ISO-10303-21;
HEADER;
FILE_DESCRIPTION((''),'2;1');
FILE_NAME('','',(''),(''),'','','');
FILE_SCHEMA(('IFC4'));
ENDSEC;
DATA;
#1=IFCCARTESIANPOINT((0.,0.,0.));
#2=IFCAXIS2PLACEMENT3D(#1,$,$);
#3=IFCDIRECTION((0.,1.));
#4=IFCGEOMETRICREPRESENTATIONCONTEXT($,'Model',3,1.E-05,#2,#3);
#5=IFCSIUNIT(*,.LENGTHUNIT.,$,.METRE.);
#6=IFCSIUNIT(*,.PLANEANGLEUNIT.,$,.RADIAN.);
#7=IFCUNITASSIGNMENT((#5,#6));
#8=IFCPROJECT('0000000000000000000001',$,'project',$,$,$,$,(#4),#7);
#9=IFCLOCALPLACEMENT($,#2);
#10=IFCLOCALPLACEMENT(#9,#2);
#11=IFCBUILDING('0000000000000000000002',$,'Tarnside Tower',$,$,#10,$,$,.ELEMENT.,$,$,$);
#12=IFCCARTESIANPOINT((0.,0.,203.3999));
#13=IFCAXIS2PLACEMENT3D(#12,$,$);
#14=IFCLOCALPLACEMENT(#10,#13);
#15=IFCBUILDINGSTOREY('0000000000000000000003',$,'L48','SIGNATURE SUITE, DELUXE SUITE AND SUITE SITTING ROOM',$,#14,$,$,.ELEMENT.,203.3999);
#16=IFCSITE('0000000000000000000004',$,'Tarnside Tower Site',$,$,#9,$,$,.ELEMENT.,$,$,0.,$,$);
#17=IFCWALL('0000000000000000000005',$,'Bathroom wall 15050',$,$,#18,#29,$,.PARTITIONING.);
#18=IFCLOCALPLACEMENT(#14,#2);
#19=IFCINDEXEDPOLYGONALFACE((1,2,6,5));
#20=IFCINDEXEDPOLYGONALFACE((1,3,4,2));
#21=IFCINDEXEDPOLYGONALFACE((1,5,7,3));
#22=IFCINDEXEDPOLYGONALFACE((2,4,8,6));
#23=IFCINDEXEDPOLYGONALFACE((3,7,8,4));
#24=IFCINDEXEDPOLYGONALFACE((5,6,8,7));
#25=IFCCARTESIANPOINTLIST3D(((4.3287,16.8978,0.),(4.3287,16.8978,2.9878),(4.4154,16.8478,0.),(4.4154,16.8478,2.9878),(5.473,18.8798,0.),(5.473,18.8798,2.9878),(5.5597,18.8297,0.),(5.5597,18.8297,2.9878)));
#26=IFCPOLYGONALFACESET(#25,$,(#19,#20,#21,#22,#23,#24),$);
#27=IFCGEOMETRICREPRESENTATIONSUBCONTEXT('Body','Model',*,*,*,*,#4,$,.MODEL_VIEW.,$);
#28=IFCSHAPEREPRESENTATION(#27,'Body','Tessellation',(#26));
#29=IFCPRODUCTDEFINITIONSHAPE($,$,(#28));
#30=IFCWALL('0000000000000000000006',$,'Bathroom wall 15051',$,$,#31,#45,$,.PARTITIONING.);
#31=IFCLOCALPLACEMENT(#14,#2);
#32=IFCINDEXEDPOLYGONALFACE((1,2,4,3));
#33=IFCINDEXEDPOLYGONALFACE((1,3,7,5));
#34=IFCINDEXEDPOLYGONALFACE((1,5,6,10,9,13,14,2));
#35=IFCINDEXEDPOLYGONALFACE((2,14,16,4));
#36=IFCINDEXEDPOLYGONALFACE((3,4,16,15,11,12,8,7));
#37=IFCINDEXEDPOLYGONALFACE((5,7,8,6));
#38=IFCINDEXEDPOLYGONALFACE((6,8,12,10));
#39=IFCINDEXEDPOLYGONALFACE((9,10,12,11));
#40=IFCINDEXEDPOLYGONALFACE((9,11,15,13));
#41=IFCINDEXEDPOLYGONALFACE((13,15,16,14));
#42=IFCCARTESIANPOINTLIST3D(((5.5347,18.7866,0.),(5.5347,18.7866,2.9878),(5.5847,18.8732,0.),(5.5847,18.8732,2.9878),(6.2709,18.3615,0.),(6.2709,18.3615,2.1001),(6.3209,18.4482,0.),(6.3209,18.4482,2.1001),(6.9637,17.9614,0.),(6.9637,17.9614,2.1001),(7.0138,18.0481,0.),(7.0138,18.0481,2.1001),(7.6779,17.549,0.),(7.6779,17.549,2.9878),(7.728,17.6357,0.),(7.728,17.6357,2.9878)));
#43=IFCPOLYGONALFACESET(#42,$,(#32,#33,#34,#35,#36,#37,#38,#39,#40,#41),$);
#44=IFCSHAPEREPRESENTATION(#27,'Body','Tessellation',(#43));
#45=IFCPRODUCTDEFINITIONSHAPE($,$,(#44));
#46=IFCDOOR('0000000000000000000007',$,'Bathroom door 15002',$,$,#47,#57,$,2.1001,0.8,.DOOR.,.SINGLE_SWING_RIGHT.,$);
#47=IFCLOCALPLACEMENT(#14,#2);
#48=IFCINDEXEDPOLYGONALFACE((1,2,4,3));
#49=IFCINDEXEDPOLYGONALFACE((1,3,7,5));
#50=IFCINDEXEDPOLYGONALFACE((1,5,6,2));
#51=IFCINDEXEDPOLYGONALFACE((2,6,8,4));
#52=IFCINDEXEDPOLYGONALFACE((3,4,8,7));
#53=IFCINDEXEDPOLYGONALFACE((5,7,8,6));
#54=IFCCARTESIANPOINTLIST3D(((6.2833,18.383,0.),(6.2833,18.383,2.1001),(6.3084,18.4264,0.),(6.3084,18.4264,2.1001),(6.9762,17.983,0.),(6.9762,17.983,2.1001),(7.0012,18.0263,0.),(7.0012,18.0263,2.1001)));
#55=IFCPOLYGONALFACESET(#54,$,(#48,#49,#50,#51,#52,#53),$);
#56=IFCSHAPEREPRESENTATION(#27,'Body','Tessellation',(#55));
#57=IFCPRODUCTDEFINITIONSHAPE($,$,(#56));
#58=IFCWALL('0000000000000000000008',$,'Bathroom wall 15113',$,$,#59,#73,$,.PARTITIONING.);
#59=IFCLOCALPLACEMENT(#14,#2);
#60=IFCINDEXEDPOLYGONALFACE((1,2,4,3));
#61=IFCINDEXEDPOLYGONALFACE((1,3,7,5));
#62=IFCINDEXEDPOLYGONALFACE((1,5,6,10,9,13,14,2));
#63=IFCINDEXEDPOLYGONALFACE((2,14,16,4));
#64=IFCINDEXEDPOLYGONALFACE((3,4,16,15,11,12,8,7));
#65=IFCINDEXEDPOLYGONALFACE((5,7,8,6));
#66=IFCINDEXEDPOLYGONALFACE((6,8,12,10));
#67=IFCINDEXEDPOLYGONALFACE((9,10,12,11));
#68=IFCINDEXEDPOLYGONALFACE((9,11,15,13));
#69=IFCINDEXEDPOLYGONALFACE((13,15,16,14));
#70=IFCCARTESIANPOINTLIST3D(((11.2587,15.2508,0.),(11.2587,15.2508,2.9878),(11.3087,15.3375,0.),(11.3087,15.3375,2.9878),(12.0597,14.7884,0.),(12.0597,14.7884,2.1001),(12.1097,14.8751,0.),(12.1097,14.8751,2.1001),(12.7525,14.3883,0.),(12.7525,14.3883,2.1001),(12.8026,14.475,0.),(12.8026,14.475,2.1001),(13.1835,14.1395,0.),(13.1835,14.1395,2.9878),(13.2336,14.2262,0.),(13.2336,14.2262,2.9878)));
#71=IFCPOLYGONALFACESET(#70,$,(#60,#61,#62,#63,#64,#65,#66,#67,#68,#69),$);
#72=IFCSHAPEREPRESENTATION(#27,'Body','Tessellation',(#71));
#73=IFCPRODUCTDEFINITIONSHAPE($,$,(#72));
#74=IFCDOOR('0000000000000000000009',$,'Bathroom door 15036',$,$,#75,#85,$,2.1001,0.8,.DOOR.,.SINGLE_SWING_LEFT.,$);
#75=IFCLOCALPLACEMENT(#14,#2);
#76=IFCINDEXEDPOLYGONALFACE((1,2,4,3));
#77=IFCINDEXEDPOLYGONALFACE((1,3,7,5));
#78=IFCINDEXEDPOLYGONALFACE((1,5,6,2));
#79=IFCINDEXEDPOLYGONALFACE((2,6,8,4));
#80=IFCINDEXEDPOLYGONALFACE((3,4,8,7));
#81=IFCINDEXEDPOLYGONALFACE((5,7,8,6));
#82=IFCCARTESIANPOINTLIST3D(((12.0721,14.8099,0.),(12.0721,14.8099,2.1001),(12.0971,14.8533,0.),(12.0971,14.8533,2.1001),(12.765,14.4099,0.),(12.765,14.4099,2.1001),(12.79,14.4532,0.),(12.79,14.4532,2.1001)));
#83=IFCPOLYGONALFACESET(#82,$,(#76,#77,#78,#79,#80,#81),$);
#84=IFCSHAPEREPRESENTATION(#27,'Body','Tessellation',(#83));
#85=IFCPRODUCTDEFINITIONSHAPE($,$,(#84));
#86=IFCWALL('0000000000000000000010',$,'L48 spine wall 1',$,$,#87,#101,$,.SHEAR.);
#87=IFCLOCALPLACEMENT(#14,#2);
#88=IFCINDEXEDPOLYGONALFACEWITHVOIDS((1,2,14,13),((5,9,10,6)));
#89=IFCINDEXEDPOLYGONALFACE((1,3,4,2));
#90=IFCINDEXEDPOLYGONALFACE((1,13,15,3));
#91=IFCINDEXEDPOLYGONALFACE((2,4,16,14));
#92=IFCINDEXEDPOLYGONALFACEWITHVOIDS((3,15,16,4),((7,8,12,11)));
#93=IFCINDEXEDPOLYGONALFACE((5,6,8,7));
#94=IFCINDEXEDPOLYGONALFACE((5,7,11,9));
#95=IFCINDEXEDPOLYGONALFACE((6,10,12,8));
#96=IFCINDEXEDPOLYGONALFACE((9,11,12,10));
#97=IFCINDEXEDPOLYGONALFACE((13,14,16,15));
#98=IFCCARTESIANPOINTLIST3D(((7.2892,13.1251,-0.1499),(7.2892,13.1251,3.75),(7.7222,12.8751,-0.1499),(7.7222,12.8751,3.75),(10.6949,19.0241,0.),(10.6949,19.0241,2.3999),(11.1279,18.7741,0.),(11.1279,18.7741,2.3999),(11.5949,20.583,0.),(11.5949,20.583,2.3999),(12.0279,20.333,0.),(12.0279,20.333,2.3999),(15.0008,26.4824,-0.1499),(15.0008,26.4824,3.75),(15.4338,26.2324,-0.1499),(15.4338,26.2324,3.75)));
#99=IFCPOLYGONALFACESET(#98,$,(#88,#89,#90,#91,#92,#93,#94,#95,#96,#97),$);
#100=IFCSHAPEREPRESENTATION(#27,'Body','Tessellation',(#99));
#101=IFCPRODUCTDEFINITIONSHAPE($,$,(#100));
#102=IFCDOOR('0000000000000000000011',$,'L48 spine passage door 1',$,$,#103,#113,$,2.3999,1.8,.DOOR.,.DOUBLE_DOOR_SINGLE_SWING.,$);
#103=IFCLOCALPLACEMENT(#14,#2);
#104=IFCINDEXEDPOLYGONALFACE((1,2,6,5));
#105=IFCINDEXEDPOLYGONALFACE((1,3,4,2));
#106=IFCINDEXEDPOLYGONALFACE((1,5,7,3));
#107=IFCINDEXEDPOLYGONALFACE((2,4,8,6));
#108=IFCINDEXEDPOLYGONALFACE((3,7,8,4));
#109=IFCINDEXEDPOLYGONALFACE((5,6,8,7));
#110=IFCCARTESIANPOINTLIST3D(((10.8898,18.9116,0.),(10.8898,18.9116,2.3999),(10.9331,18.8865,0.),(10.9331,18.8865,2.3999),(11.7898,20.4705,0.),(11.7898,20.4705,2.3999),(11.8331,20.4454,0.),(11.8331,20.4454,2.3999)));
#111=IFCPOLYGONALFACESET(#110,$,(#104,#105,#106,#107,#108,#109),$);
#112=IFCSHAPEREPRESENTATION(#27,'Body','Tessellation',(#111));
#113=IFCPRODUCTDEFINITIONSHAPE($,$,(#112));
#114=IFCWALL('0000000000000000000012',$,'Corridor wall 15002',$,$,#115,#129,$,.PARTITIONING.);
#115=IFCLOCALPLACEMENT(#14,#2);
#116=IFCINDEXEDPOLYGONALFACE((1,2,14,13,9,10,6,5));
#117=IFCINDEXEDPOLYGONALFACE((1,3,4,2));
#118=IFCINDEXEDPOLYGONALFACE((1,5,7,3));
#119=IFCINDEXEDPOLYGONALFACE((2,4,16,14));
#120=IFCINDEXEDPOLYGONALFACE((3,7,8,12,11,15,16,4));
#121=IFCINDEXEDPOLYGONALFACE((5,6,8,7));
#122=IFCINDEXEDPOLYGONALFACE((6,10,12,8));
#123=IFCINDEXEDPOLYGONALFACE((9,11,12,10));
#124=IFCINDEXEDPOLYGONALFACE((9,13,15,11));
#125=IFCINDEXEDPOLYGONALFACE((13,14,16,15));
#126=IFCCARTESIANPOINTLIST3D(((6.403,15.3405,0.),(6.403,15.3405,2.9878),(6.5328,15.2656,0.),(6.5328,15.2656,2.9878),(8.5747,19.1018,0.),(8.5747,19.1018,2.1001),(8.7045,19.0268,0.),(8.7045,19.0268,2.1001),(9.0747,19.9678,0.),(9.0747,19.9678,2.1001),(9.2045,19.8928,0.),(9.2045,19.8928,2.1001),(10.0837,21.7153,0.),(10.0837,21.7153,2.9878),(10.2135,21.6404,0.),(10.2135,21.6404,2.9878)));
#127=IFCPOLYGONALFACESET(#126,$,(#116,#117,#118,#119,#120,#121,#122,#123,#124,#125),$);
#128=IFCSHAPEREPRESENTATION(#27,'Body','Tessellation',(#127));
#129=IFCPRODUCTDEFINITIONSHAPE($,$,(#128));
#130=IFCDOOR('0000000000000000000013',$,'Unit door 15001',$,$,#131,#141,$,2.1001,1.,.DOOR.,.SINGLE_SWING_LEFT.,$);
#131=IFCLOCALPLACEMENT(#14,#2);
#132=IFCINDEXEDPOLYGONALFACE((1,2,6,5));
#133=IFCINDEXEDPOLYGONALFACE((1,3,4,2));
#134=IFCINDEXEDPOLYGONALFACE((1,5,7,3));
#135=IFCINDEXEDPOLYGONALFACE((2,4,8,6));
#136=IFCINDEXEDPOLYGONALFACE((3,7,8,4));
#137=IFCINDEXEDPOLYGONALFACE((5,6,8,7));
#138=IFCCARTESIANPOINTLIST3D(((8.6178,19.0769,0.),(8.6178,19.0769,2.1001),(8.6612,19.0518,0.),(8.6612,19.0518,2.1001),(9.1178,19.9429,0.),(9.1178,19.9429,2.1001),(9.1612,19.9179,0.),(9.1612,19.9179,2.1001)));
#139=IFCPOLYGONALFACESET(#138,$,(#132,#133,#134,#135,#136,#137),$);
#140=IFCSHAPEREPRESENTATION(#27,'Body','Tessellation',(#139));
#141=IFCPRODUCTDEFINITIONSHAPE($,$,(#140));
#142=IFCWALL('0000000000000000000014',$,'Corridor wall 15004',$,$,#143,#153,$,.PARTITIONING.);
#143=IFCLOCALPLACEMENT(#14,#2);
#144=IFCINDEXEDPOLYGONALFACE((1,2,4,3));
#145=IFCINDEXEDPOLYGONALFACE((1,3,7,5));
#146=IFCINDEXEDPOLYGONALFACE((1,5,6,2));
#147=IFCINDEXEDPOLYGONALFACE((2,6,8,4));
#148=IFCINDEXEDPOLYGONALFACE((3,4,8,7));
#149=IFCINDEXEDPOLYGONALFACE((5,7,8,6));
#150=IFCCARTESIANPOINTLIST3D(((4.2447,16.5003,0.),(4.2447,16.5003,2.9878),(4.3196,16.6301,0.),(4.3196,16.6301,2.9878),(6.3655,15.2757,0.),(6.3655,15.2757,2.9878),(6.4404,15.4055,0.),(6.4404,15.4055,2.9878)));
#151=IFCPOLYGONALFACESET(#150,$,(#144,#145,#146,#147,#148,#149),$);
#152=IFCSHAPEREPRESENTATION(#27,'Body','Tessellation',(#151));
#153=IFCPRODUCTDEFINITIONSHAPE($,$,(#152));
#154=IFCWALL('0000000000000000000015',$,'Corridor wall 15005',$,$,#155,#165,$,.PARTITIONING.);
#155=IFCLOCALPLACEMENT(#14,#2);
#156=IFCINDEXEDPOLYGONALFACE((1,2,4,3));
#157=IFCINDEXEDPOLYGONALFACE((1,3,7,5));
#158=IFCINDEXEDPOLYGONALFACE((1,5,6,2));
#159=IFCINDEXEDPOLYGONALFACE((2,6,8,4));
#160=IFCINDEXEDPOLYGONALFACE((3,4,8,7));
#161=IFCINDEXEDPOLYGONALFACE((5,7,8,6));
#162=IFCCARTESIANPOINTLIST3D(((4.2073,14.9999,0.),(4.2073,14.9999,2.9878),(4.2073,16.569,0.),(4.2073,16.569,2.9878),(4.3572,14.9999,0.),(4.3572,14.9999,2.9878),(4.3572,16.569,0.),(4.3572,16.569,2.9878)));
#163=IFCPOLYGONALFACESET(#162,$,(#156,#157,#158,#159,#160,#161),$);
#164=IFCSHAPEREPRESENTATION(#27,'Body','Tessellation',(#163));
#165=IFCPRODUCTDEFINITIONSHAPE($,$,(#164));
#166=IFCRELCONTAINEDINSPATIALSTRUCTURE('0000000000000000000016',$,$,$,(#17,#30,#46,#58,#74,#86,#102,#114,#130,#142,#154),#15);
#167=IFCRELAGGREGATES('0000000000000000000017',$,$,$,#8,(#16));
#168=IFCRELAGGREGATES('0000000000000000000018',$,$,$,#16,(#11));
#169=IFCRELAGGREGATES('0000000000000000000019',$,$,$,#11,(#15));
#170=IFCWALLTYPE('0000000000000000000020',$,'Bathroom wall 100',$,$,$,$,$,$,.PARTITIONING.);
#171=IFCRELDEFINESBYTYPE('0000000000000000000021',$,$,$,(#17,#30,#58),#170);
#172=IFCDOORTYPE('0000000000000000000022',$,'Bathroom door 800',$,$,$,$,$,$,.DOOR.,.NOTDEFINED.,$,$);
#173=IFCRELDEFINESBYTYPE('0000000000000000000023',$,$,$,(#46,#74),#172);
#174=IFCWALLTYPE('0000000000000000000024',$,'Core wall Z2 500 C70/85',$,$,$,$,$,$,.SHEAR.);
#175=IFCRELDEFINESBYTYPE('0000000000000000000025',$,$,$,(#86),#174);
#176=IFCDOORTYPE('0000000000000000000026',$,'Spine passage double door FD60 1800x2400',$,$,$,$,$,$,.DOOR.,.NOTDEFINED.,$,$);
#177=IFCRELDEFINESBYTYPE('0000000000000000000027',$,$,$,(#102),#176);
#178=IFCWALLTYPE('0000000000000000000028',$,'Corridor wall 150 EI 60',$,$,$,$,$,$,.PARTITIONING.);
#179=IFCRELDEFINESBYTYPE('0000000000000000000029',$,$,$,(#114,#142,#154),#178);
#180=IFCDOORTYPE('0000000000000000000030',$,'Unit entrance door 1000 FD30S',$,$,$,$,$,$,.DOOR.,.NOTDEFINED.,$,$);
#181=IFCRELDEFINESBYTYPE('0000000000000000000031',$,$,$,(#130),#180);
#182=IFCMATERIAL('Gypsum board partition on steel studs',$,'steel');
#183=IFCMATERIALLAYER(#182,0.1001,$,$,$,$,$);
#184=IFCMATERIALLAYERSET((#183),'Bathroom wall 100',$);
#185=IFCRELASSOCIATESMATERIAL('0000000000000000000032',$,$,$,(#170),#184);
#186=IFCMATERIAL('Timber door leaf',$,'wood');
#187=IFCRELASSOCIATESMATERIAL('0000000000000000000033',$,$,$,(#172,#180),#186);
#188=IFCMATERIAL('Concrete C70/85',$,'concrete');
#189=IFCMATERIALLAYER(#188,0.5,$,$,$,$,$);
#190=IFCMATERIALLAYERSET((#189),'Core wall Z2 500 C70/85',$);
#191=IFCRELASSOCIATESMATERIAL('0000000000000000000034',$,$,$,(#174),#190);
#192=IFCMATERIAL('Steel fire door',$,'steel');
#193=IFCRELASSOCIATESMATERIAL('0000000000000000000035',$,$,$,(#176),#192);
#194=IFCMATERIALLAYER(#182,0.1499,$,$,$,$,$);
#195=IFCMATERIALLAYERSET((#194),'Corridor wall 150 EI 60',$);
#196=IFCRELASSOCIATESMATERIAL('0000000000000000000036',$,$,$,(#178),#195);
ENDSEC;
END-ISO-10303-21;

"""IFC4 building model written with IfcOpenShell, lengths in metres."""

from ifc_helpers import new_model, si_unit, direction, frame, frame_2d, origin, place, context, subcontext, project, spatial, rectangle, extrude, material, layer, layer_set, type_object, element, fill, save


model = new_model("IFC4")

# Units and contexts
model_context = context("Model", 3, precision=1e-05, world=origin(), true_north=direction((0.0, 1.0)))
body_context = subcontext(model_context, "Body", "Model", "MODEL_VIEW")
ifc_project = project(units=[si_unit("LENGTHUNIT", "METRE"), si_unit("PLANEANGLEUNIT", "RADIAN")], contexts=[model_context])

# Site, building, storey
site_placement = place(None, origin())
site = spatial("IfcSite", under=ifc_project, at=site_placement, Name="Tarnside Tower Site", CompositionType="ELEMENT", RefElevation=0.0)
building_placement = place(site_placement, origin())
building = spatial("IfcBuilding", under=site, at=building_placement, Name="Tarnside Tower", CompositionType="ELEMENT")
storey_placement = place(building_placement, frame((0.0, 0.0, 203.3999)))
storey = spatial("IfcBuildingStorey", under=building, at=storey_placement, Name="L48", Description="SIGNATURE SUITE, DELUXE SUITE AND SUITE SITTING ROOM", CompositionType="ELEMENT", Elevation=203.3999)

# Wall
ifc_material_1 = material(Name="Gypsum board partition on steel studs", Category="steel")
ifc_layer_1 = layer(ifc_material_1, 0.1001)
ifc_layer_set_1 = layer_set([ifc_layer_1], Name="Bathroom wall 100")
wall_type_1 = type_object("IfcWallType", Name="Bathroom wall 100", PredefinedType="PARTITIONING", material=ifc_layer_set_1)
wall_1_placement = place(storey_placement, frame((4.3721, 16.8728, 0.0), z_axis=(0.0, 0.0, 1.0), x_axis=(0.500006, 0.866022, 0.0)))
element("IfcWall", 1, at=wall_1_placement, inside=storey, type_object=wall_type_1, Name="Bathroom wall 15050", PredefinedType="PARTITIONING", context=body_context, shape_type="SweptSolid", body=[
    extrude(rectangle(XDim=2.2886, YDim=0.1001, at=frame_2d((1.1443, 0.0))), origin(), (0.0, 0.0, 1.0), 2.9878),
])

# Walls, openings, doors
wall_2_placement = place(storey_placement, frame((5.5598, 18.8298, 0.0), z_axis=(0.0, 0.0, 1.0), x_axis=(0.866007, -0.500033, 0.0)))
wall_2 = element("IfcWall", 2, at=wall_2_placement, inside=storey, type_object=wall_type_1, Name="Bathroom wall 15051", PredefinedType="PARTITIONING", context=body_context, shape_type="SweptSolid", body=[
    extrude(rectangle(XDim=2.4749, YDim=0.1001, at=frame_2d((1.2373, 0.0))), origin(), (0.0, 0.0, 1.0), 2.9878),
])
opening_1_placement = place(wall_2_placement, frame((0.8501, 0.0, 0.0)))
opening_1 = element("IfcOpeningElement", 3, at=opening_1_placement, cuts=wall_2, PredefinedType="OPENING", context=body_context, shape_type="SweptSolid", body=[
    extrude(rectangle(XDim=0.8, YDim=2.1001, at=frame_2d((0.3999, 1.05))), frame((0.0, 0.0601, 0.0), z_axis=(0.0, -1.0, 0.0), x_axis=(1.0, 0.0, 0.0)), (0.0, 0.0, 1.0), 0.1201),
])
ifc_material_2 = material(Name="Timber door leaf", Category="wood")
door_type_1 = type_object("IfcDoorType", Name="Bathroom door 800", OperationType="NOTDEFINED", PredefinedType="DOOR", material=ifc_material_2)
door_1_placement = place(opening_1_placement, origin())
door_1 = element("IfcDoor", 4, at=door_1_placement, inside=storey, type_object=door_type_1, Name="Bathroom door 15002", OperationType="SINGLE_SWING_RIGHT", OverallHeight=2.1001, OverallWidth=0.8, PredefinedType="DOOR", context=body_context, shape_type="SweptSolid", body=[
    extrude(rectangle(XDim=0.8, YDim=2.1001, at=frame_2d((0.3999, 1.05))), frame((0.0, 0.0249, 0.0), z_axis=(0.0, -1.0, 0.0), x_axis=(1.0, 0.0, 0.0)), (0.0, 0.0, 1.0), 0.05),
])
fill(opening_1, door_1)
wall_3_placement = place(storey_placement, frame((11.2837, 15.2942, 0.0), z_axis=(0.0, 0.0, 1.0), x_axis=(0.866017, -0.500014, 0.0)))
wall_3 = element("IfcWall", 5, at=wall_3_placement, inside=storey, type_object=wall_type_1, Name="Bathroom wall 15113", PredefinedType="PARTITIONING", context=body_context, shape_type="SweptSolid", body=[
    extrude(rectangle(XDim=2.2227, YDim=0.1001, at=frame_2d((1.1113, 0.0))), origin(), (0.0, 0.0, 1.0), 2.9878),
])
opening_2_placement = place(wall_3_placement, frame((0.925, 0.0, 0.0)))
opening_2 = element("IfcOpeningElement", 6, at=opening_2_placement, cuts=wall_3, PredefinedType="OPENING", context=body_context, shape_type="SweptSolid", body=[
    extrude(rectangle(XDim=0.8, YDim=2.1001, at=frame_2d((0.3999, 1.05))), frame((0.0, 0.0601, 0.0), z_axis=(0.0, -1.0, 0.0), x_axis=(1.0, 0.0, 0.0)), (0.0, 0.0, 1.0), 0.1201),
])
door_2_placement = place(opening_2_placement, origin())
door_2 = element("IfcDoor", 7, at=door_2_placement, inside=storey, type_object=door_type_1, Name="Bathroom door 15036", OperationType="SINGLE_SWING_LEFT", OverallHeight=2.1001, OverallWidth=0.8, PredefinedType="DOOR", context=body_context, shape_type="SweptSolid", body=[
    extrude(rectangle(XDim=0.8, YDim=2.1001, at=frame_2d((0.3999, 1.05))), frame((0.0, 0.0249, 0.0), z_axis=(0.0, -1.0, 0.0), x_axis=(1.0, 0.0, 0.0)), (0.0, 0.0, 1.0), 0.05),
])
fill(opening_2, door_2)
ifc_material_3 = material(Name="Concrete C70/85", Category="concrete")
ifc_layer_2 = layer(ifc_material_3, 0.5)
ifc_layer_set_2 = layer_set([ifc_layer_2], Name="Core wall Z2 500 C70/85")
wall_type_2 = type_object("IfcWallType", Name="Core wall Z2 500 C70/85", PredefinedType="SHEAR", material=ifc_layer_set_2)
wall_4_placement = place(storey_placement, frame((7.5056, 13.0, -0.1499), z_axis=(0.0, 0.0, 1.0), x_axis=(0.499988, 0.866032, 0.0)))
wall_4 = element("IfcWall", 8, at=wall_4_placement, inside=storey, type_object=wall_type_2, Name="L48 spine wall 1", PredefinedType="SHEAR", context=body_context, shape_type="SweptSolid", body=[
    extrude(rectangle(XDim=15.4236, YDim=0.5, at=frame_2d((7.7119, 0.0))), origin(), (0.0, 0.0, 1.0), 3.8999),
])
opening_3_placement = place(wall_4_placement, frame((6.8118, 0.0, 0.1499)))
opening_3 = element("IfcOpeningElement", 9, at=opening_3_placement, cuts=wall_4, PredefinedType="OPENING", context=body_context, shape_type="SweptSolid", body=[
    extrude(rectangle(XDim=1.8, YDim=2.3999, at=frame_2d((0.8999, 1.2))), frame((0.0, 0.26, 0.0), z_axis=(0.0, -1.0, 0.0), x_axis=(1.0, 0.0, 0.0)), (0.0, 0.0, 1.0), 0.52),
])
ifc_material_4 = material(Name="Steel fire door", Category="steel")
door_type_2 = type_object("IfcDoorType", Name="Spine passage double door FD60 1800x2400", OperationType="NOTDEFINED", PredefinedType="DOOR", material=ifc_material_4)
door_3_placement = place(opening_3_placement, origin())
door_3 = element("IfcDoor", 10, at=door_3_placement, inside=storey, type_object=door_type_2, Name="L48 spine passage door 1", OperationType="DOUBLE_DOOR_SINGLE_SWING", OverallHeight=2.3999, OverallWidth=1.8, PredefinedType="DOOR", context=body_context, shape_type="SweptSolid", body=[
    extrude(rectangle(XDim=1.8, YDim=2.3999, at=frame_2d((0.8999, 1.2))), frame((0.0, 0.0249, 0.0), z_axis=(0.0, -1.0, 0.0), x_axis=(1.0, 0.0, 0.0)), (0.0, 0.0, 1.0), 0.05),
])
fill(opening_3, door_3)
ifc_layer_3 = layer(ifc_material_1, 0.1499)
ifc_layer_set_3 = layer_set([ifc_layer_3], Name="Corridor wall 150 EI 60")
wall_type_3 = type_object("IfcWallType", Name="Corridor wall 150 EI 60", PredefinedType="PARTITIONING", material=ifc_layer_set_3)
wall_5_placement = place(storey_placement, frame((10.1487, 21.678, 0.0), z_axis=(0.0, 0.0, 1.0), x_axis=(-0.50002, -0.866014, 0.0)))
wall_5 = element("IfcWall", 11, at=wall_5_placement, inside=storey, type_object=wall_type_3, Name="Corridor wall 15002", PredefinedType="PARTITIONING", context=body_context, shape_type="SweptSolid", body=[
    extrude(rectangle(XDim=7.3611, YDim=0.1499, at=frame_2d((3.6807, 0.0))), origin(), (0.0, 0.0, 1.0), 2.9878),
])
opening_4_placement = place(wall_5_placement, frame((2.0181, 0.0, 0.0)))
opening_4 = element("IfcOpeningElement", 12, at=opening_4_placement, cuts=wall_5, PredefinedType="OPENING", context=body_context, shape_type="SweptSolid", body=[
    extrude(rectangle(XDim=1.0, YDim=2.1001, at=frame_2d((0.5, 1.05))), frame((0.0, 0.085, 0.0), z_axis=(0.0, -1.0, 0.0), x_axis=(1.0, 0.0, 0.0)), (0.0, 0.0, 1.0), 0.1699),
])
door_type_3 = type_object("IfcDoorType", Name="Unit entrance door 1000 FD30S", OperationType="NOTDEFINED", PredefinedType="DOOR", material=ifc_material_2)
door_4_placement = place(opening_4_placement, origin())
door_4 = element("IfcDoor", 13, at=door_4_placement, inside=storey, type_object=door_type_3, Name="Unit door 15001", OperationType="SINGLE_SWING_LEFT", OverallHeight=2.1001, OverallWidth=1.0, PredefinedType="DOOR", context=body_context, shape_type="SweptSolid", body=[
    extrude(rectangle(XDim=1.0, YDim=2.1001, at=frame_2d((0.5, 1.05))), frame((0.0, 0.0249, 0.0), z_axis=(0.0, -1.0, 0.0), x_axis=(1.0, 0.0, 0.0)), (0.0, 0.0, 1.0), 0.05),
])
fill(opening_4, door_4)

# Walls
wall_6_placement = place(storey_placement, frame((6.4031, 15.3406, 0.0), z_axis=(0.0, 0.0, 1.0), x_axis=(-0.866001, 0.500042, 0.0)))
element("IfcWall", 14, at=wall_6_placement, inside=storey, type_object=wall_type_3, Name="Corridor wall 15004", PredefinedType="PARTITIONING", context=body_context, shape_type="SweptSolid", body=[
    extrude(rectangle(XDim=2.449, YDim=0.1499, at=frame_2d((1.2246, 0.0))), origin(), (0.0, 0.0, 1.0), 2.9878),
])
wall_7_placement = place(storey_placement, frame((4.2822, 16.5691, 0.0), z_axis=(0.0, 0.0, 1.0), x_axis=(0.0, -1.0, 0.0)))
element("IfcWall", 15, at=wall_7_placement, inside=storey, type_object=wall_type_3, Name="Corridor wall 15005", PredefinedType="PARTITIONING", context=body_context, shape_type="SweptSolid", body=[
    extrude(rectangle(XDim=1.5691, YDim=0.1499, at=frame_2d((0.7847, 0.0))), origin(), (0.0, 0.0, 1.0), 2.9878),
])

save(model, "model.ifc")
